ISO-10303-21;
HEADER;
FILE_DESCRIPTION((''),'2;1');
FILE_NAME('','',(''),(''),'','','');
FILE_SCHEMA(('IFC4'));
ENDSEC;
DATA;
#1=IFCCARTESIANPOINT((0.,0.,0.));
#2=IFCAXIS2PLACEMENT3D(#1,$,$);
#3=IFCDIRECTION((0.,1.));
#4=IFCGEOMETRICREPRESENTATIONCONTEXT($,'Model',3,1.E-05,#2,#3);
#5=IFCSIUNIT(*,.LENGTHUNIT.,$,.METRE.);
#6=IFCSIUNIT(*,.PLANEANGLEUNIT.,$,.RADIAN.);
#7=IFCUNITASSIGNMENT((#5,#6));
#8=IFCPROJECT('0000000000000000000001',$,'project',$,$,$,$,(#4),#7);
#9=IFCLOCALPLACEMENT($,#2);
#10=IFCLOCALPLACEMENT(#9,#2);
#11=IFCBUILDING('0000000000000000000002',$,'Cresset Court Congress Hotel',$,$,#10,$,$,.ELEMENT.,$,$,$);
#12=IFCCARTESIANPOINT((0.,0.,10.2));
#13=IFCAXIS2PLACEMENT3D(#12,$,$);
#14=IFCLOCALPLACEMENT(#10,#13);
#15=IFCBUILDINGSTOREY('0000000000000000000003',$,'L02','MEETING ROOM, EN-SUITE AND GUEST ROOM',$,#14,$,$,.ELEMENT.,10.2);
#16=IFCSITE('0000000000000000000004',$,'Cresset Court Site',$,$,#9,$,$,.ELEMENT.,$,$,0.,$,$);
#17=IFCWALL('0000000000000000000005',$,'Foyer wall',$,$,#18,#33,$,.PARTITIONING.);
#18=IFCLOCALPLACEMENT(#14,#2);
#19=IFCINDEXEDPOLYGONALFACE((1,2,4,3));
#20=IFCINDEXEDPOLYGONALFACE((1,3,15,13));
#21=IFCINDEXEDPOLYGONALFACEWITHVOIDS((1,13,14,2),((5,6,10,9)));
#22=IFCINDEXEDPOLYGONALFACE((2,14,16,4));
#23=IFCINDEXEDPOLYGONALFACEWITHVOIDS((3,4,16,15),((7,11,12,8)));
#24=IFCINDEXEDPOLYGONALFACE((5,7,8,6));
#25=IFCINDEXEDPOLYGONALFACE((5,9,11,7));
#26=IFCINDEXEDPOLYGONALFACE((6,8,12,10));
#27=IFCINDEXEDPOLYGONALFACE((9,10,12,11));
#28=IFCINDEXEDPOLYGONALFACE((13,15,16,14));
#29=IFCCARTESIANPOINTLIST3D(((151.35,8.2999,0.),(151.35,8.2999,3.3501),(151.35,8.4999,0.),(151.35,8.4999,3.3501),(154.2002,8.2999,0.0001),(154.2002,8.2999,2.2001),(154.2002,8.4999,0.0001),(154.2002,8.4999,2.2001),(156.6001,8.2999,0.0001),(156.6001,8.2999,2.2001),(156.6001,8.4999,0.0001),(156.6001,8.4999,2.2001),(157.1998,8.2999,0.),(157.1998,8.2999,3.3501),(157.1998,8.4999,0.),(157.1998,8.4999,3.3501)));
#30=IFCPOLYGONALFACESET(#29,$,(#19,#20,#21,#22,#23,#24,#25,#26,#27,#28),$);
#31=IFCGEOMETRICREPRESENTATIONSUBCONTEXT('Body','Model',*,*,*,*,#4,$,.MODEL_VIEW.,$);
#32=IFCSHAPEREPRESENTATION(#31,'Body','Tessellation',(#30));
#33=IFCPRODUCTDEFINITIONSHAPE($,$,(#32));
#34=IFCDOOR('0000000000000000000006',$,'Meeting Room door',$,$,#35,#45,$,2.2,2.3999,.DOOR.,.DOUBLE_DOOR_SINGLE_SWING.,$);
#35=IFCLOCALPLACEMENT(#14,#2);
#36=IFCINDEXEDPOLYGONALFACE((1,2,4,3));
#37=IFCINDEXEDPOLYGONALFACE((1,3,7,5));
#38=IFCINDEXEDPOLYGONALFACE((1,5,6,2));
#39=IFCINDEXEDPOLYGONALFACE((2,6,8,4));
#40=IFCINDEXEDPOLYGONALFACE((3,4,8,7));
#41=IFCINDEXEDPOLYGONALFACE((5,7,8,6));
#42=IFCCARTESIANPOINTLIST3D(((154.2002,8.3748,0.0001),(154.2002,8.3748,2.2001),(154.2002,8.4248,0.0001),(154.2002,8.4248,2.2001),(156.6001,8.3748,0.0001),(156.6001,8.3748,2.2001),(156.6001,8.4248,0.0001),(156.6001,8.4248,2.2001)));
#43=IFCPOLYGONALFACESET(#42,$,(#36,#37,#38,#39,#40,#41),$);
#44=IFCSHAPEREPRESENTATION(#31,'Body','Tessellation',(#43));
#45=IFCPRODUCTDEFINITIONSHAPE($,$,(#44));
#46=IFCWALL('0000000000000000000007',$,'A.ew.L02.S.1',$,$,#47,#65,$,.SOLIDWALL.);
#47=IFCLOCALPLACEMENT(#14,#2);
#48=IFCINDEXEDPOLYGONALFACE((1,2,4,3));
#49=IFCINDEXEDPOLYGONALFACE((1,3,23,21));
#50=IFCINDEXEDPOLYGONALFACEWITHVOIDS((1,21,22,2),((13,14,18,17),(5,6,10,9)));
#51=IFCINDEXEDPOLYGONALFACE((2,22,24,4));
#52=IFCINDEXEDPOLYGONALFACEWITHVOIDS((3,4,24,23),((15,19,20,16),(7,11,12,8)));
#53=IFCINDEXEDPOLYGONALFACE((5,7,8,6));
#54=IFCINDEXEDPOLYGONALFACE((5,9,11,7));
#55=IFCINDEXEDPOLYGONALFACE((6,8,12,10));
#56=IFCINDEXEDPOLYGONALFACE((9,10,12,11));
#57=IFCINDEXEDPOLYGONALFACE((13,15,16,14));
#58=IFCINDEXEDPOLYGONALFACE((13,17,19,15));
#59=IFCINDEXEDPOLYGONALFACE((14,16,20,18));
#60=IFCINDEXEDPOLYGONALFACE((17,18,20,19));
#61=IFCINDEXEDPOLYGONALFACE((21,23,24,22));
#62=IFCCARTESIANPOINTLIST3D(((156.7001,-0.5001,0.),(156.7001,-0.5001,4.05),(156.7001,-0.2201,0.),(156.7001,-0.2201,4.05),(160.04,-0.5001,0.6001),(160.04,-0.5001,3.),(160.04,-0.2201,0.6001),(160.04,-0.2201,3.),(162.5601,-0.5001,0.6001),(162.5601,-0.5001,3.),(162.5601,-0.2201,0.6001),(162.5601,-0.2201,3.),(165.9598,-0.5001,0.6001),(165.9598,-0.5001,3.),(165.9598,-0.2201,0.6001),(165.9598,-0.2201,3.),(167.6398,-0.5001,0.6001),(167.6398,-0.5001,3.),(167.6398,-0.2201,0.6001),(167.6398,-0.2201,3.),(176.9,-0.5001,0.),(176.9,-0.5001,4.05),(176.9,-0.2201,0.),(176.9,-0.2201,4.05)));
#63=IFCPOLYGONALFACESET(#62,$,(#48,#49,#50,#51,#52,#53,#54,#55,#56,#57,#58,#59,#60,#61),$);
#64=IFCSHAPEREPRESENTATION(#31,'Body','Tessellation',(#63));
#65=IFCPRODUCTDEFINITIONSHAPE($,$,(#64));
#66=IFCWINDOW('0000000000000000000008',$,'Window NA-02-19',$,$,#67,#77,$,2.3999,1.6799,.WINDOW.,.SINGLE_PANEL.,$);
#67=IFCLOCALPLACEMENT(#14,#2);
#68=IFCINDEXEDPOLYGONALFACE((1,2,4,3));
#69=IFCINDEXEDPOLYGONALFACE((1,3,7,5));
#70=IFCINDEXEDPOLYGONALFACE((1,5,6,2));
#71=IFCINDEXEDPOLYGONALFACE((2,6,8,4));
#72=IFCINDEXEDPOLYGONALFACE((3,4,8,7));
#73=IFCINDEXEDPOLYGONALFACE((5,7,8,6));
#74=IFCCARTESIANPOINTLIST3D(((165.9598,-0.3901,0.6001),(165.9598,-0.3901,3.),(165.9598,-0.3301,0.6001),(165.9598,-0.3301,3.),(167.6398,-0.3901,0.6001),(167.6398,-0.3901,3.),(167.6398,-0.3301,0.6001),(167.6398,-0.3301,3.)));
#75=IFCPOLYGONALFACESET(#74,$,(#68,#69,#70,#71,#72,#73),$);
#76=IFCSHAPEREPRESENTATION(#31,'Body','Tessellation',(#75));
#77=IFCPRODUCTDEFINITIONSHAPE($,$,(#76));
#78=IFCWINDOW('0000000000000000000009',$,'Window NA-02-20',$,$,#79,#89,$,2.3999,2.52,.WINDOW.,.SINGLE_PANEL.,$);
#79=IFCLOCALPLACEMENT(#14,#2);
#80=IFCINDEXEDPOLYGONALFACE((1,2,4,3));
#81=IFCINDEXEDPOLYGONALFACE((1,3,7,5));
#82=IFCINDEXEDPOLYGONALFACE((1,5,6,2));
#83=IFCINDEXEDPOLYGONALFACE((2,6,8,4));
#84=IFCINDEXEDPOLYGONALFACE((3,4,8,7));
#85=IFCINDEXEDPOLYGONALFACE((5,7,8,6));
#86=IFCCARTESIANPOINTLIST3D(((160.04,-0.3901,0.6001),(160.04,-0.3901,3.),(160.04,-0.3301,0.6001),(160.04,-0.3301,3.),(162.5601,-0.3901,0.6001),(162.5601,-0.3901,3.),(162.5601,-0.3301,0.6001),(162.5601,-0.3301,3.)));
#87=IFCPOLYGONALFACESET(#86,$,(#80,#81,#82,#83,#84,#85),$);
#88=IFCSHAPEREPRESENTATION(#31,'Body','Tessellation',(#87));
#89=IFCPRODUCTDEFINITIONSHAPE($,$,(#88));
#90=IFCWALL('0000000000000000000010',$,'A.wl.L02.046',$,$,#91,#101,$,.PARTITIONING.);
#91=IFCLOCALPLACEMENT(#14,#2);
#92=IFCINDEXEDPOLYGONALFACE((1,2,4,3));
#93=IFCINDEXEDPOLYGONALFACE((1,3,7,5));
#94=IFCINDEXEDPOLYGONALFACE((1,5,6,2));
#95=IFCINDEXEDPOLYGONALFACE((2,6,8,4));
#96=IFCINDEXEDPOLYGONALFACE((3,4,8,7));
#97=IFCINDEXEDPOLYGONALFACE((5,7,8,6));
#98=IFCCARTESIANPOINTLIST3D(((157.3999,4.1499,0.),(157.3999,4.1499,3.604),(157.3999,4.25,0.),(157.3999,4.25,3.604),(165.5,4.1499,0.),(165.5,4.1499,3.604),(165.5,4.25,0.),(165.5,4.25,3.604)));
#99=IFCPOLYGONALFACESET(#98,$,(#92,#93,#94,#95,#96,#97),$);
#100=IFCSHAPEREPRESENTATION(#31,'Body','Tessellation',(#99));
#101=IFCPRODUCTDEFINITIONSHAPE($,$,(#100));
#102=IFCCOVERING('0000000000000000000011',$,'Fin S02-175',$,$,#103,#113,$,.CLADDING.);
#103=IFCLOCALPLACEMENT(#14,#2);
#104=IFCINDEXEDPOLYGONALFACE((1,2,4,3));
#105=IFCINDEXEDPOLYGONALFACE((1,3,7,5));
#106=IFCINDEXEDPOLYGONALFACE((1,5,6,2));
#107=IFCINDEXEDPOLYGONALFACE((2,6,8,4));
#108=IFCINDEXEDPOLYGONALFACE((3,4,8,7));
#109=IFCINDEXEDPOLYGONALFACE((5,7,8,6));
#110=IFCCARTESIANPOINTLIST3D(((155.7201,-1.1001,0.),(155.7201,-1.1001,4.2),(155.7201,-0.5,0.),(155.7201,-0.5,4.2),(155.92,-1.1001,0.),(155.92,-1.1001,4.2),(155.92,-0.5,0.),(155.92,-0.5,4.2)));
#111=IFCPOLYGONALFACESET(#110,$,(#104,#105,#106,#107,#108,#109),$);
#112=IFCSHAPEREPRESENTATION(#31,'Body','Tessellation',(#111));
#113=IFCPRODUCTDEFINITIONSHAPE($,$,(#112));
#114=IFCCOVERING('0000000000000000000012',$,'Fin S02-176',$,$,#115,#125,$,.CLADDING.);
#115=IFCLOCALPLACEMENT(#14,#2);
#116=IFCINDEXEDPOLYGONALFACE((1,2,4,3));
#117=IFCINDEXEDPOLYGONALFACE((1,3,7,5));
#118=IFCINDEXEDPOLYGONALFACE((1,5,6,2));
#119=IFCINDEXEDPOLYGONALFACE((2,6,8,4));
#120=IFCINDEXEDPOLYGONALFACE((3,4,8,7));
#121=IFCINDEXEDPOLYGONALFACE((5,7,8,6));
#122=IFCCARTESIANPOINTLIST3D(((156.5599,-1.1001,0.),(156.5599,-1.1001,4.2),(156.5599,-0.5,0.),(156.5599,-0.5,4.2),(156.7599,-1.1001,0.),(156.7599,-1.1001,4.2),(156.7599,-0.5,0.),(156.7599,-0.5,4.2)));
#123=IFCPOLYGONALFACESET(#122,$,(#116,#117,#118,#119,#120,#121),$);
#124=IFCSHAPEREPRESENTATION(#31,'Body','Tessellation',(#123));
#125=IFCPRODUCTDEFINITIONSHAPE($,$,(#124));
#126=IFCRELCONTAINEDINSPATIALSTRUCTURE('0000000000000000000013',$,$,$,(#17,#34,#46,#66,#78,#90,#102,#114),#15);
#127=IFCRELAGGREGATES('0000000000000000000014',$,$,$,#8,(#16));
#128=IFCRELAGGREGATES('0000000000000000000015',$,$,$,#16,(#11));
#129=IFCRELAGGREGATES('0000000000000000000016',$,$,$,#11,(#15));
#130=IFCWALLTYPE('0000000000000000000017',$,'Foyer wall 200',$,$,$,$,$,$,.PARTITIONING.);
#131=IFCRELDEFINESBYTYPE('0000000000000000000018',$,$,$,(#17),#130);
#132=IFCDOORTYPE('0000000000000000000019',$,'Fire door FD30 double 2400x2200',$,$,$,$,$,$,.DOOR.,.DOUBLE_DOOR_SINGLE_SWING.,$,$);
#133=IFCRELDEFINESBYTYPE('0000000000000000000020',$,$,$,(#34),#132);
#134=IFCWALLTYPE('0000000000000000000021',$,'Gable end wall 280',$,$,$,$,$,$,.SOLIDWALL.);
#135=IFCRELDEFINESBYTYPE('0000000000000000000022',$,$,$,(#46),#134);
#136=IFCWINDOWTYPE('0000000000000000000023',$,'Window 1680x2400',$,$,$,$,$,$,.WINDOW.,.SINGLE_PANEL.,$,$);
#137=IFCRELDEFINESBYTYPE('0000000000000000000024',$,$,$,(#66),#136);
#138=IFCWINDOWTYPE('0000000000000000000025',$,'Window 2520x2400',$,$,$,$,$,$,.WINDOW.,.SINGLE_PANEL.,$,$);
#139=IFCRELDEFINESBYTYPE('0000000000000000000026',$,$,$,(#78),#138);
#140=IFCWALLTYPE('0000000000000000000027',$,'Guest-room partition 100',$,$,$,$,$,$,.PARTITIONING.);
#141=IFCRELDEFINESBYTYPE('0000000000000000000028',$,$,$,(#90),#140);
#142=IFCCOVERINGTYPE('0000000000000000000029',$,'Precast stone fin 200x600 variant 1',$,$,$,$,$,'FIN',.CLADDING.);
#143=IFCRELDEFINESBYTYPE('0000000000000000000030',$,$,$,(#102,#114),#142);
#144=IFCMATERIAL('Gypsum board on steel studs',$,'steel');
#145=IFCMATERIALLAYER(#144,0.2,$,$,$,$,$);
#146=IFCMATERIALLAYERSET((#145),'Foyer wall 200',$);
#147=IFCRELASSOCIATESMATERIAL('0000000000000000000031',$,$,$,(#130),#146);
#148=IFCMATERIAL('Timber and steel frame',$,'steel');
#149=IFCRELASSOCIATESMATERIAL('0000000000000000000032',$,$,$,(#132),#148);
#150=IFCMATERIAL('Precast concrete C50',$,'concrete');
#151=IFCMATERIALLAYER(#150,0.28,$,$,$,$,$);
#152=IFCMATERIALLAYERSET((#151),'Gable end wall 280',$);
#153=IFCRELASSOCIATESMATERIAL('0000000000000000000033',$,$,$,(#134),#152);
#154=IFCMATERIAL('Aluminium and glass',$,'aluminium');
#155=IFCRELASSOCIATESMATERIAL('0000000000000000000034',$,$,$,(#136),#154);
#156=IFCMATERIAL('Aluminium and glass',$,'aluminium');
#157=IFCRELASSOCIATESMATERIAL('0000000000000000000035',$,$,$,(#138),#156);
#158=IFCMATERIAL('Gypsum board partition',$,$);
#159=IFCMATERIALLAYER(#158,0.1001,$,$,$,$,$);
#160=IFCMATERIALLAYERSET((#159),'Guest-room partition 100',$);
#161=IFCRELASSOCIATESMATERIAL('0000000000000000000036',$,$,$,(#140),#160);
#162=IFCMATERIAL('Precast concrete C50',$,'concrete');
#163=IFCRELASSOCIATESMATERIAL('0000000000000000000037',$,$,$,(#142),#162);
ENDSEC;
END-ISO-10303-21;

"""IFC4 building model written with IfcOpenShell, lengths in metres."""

from ifc_helpers import new_model, si_unit, direction, frame, frame_2d, origin, origin_2d, place, context, subcontext, project, spatial, rectangle, extrude, material, layer, layer_set, type_object, element, fill, save


model = new_model("IFC4")

# Units and contexts
model_context = context("Model", 3, precision=1e-05, world=origin(), true_north=direction((0.0, 1.0)))
body_context = subcontext(model_context, "Body", "Model", "MODEL_VIEW")
ifc_project = project(units=[si_unit("LENGTHUNIT", "METRE"), si_unit("PLANEANGLEUNIT", "RADIAN")], contexts=[model_context])

# Site, building, storey
site_placement = place(None, origin())
site = spatial("IfcSite", under=ifc_project, at=site_placement, Name="Cresset Court Site", CompositionType="ELEMENT", RefElevation=0.0)
building_placement = place(site_placement, origin())
building = spatial("IfcBuilding", under=site, at=building_placement, Name="Cresset Court Congress Hotel", CompositionType="ELEMENT")
storey_placement = place(building_placement, frame((0.0, 0.0, 10.2)))
storey = spatial("IfcBuildingStorey", under=building, at=storey_placement, Name="L02", Description="MEETING ROOM, EN-SUITE AND GUEST ROOM", CompositionType="ELEMENT", Elevation=10.2)

# Wall, opening, door
ifc_material_1 = material(Name="Gypsum board on steel studs", Category="steel")
ifc_layer_1 = layer(ifc_material_1, 0.2)
ifc_layer_set_1 = layer_set([ifc_layer_1], Name="Foyer wall 200")
wall_type_1 = type_object("IfcWallType", Name="Foyer wall 200", PredefinedType="PARTITIONING", material=ifc_layer_set_1)
wall_1_placement = place(storey_placement, frame((151.3501, 8.3999, 0.0), z_axis=(0.0, 0.0, 1.0), x_axis=(1.0, 0.0, 0.0)))
wall_1 = element("IfcWall", 1, at=wall_1_placement, inside=storey, type_object=wall_type_1, Name="Foyer wall", PredefinedType="PARTITIONING", context=body_context, shape_type="SweptSolid", body=[
    extrude(rectangle(XDim=5.8499, YDim=0.2, at=frame_2d((2.9248, 0.0))), origin(), (0.0, 0.0, 1.0), 3.3501),
])
opening_1_placement = place(wall_1_placement, frame((2.8501, 0.0, 0.0)))
opening_1 = element("IfcOpeningElement", 2, at=opening_1_placement, cuts=wall_1, PredefinedType="OPENING", context=body_context, shape_type="SweptSolid", body=[
    extrude(rectangle(XDim=2.3999, YDim=2.2, at=frame_2d((1.2, 1.1001))), frame((0.0, 0.1099, 0.0), z_axis=(0.0, -1.0, 0.0), x_axis=(1.0, 0.0, 0.0)), (0.0, 0.0, 1.0), 0.22),
])
ifc_material_2 = material(Name="Timber and steel frame", Category="steel")
door_type = type_object("IfcDoorType", Name="Fire door FD30 double 2400x2200", OperationType="DOUBLE_DOOR_SINGLE_SWING", PredefinedType="DOOR", material=ifc_material_2)
door_placement = place(opening_1_placement, origin())
door = element("IfcDoor", 3, at=door_placement, inside=storey, type_object=door_type, Name="Meeting Room door", OperationType="DOUBLE_DOOR_SINGLE_SWING", OverallHeight=2.2, OverallWidth=2.3999, PredefinedType="DOOR", context=body_context, shape_type="SweptSolid", body=[
    extrude(rectangle(XDim=2.3999, YDim=2.2, at=frame_2d((1.2, 1.1001))), frame((0.0, 0.0249, 0.0), z_axis=(0.0, -1.0, 0.0), x_axis=(1.0, 0.0, 0.0)), (0.0, 0.0, 1.0), 0.05),
])
fill(opening_1, door)

# Wall, openings, windows
ifc_material_3 = material(Name="Precast concrete C50", Category="concrete")
ifc_layer_2 = layer(ifc_material_3, 0.28)
ifc_layer_set_2 = layer_set([ifc_layer_2], Name="Gable end wall 280")
wall_type_2 = type_object("IfcWallType", Name="Gable end wall 280", PredefinedType="SOLIDWALL", material=ifc_layer_set_2)
wall_2_placement = place(storey_placement, frame((156.7, -0.3601, 0.0), z_axis=(0.0, 0.0, 1.0), x_axis=(1.0, 0.0, 0.0)))
wall_2 = element("IfcWall", 4, at=wall_2_placement, inside=storey, type_object=wall_type_2, Name="A.ew.L02.S.1", PredefinedType="SOLIDWALL", context=body_context, shape_type="SweptSolid", body=[
    extrude(rectangle(XDim=20.2, YDim=0.28, at=frame_2d((10.1001, 0.0))), origin(), (0.0, 0.0, 1.0), 4.05),
])
opening_2_placement = place(wall_2_placement, frame((9.26, 0.0, 0.6001)))
opening_2 = element("IfcOpeningElement", 5, at=opening_2_placement, cuts=wall_2, PredefinedType="OPENING", context=body_context, shape_type="SweptSolid", body=[
    extrude(rectangle(XDim=1.6799, YDim=2.3999, at=frame_2d((0.8398, 1.2))), frame((0.0, 0.1499, 0.0), z_axis=(0.0, -1.0, 0.0), x_axis=(1.0, 0.0, 0.0)), (0.0, 0.0, 1.0), 0.3),
])
opening_3_placement = place(wall_2_placement, frame((3.3401, 0.0, 0.6001)))
opening_3 = element("IfcOpeningElement", 6, at=opening_3_placement, cuts=wall_2, PredefinedType="OPENING", context=body_context, shape_type="SweptSolid", body=[
    extrude(rectangle(XDim=2.52, YDim=2.3999, at=frame_2d((1.26, 1.2))), frame((0.0, 0.1499, 0.0), z_axis=(0.0, -1.0, 0.0), x_axis=(1.0, 0.0, 0.0)), (0.0, 0.0, 1.0), 0.3),
])
ifc_material_4 = material(Name="Aluminium and glass", Category="aluminium")
window_type_1 = type_object("IfcWindowType", Name="Window 1680x2400", PartitioningType="SINGLE_PANEL", PredefinedType="WINDOW", material=ifc_material_4)
window_1_placement = place(opening_2_placement, origin())
window_1 = element("IfcWindow", 7, at=window_1_placement, inside=storey, type_object=window_type_1, Name="Window NA-02-19", OverallHeight=2.3999, OverallWidth=1.6799, PartitioningType="SINGLE_PANEL", PredefinedType="WINDOW", context=body_context, shape_type="SweptSolid", body=[
    extrude(rectangle(XDim=1.6799, YDim=2.3999, at=frame_2d((0.8398, 1.2))), frame((0.0, 0.03, 0.0), z_axis=(0.0, -1.0, 0.0), x_axis=(1.0, 0.0, 0.0)), (0.0, 0.0, 1.0), 0.0601),
])
fill(opening_2, window_1)
ifc_material_5 = material(Name="Aluminium and glass", Category="aluminium")
window_type_2 = type_object("IfcWindowType", Name="Window 2520x2400", PartitioningType="SINGLE_PANEL", PredefinedType="WINDOW", material=ifc_material_5)
window_2_placement = place(opening_3_placement, origin())
window_2 = element("IfcWindow", 8, at=window_2_placement, inside=storey, type_object=window_type_2, Name="Window NA-02-20", OverallHeight=2.3999, OverallWidth=2.52, PartitioningType="SINGLE_PANEL", PredefinedType="WINDOW", context=body_context, shape_type="SweptSolid", body=[
    extrude(rectangle(XDim=2.52, YDim=2.3999, at=frame_2d((1.26, 1.2))), frame((0.0, 0.03, 0.0), z_axis=(0.0, -1.0, 0.0), x_axis=(1.0, 0.0, 0.0)), (0.0, 0.0, 1.0), 0.0601),
])
fill(opening_3, window_2)

# Wall
ifc_material_6 = material(Name="Gypsum board partition")
ifc_layer_3 = layer(ifc_material_6, 0.1001)
ifc_layer_set_3 = layer_set([ifc_layer_3], Name="Guest-room partition 100")
wall_type_3 = type_object("IfcWallType", Name="Guest-room partition 100", PredefinedType="PARTITIONING", material=ifc_layer_set_3)
wall_3_placement = place(storey_placement, frame((157.3999, 4.2, 0.0), z_axis=(0.0, 0.0, 1.0), x_axis=(1.0, 0.0, 0.0)))
element("IfcWall", 9, at=wall_3_placement, inside=storey, type_object=wall_type_3, Name="A.wl.L02.046", PredefinedType="PARTITIONING", context=body_context, shape_type="SweptSolid", body=[
    extrude(rectangle(XDim=8.1001, YDim=0.1001, at=frame_2d((4.05, 0.0))), origin(), (0.0, 0.0, 1.0), 3.604),
])

# Coverings
ifc_material_7 = material(Name="Precast concrete C50", Category="concrete")
covering_type = type_object("IfcCoveringType", Name="Precast stone fin 200x600 variant 1", ElementType="FIN", PredefinedType="CLADDING", material=ifc_material_7)
for number, where, z_axis, x_axis, name in (
    (10, (155.8201, -0.8, 0.0), (0.0, 0.0, 1.0), (1.0, 0.0, 0.0), "Fin S02-175"),
    (11, (156.6599, -0.8, 0.0), (0.0, 0.0, 1.0), (1.0, 0.0, 0.0), "Fin S02-176"),
):
    element("IfcCovering", number, at=place(storey_placement, frame(where, z_axis=z_axis, x_axis=x_axis)), inside=storey, type_object=covering_type, Name=name, PredefinedType="CLADDING", context=body_context, shape_type="SweptSolid", body=[
        extrude(rectangle(XDim=0.2, YDim=0.6001, at=origin_2d()), origin(), (0.0, 0.0, 1.0), 4.2),
    ])

save(model, "model.ifc")
